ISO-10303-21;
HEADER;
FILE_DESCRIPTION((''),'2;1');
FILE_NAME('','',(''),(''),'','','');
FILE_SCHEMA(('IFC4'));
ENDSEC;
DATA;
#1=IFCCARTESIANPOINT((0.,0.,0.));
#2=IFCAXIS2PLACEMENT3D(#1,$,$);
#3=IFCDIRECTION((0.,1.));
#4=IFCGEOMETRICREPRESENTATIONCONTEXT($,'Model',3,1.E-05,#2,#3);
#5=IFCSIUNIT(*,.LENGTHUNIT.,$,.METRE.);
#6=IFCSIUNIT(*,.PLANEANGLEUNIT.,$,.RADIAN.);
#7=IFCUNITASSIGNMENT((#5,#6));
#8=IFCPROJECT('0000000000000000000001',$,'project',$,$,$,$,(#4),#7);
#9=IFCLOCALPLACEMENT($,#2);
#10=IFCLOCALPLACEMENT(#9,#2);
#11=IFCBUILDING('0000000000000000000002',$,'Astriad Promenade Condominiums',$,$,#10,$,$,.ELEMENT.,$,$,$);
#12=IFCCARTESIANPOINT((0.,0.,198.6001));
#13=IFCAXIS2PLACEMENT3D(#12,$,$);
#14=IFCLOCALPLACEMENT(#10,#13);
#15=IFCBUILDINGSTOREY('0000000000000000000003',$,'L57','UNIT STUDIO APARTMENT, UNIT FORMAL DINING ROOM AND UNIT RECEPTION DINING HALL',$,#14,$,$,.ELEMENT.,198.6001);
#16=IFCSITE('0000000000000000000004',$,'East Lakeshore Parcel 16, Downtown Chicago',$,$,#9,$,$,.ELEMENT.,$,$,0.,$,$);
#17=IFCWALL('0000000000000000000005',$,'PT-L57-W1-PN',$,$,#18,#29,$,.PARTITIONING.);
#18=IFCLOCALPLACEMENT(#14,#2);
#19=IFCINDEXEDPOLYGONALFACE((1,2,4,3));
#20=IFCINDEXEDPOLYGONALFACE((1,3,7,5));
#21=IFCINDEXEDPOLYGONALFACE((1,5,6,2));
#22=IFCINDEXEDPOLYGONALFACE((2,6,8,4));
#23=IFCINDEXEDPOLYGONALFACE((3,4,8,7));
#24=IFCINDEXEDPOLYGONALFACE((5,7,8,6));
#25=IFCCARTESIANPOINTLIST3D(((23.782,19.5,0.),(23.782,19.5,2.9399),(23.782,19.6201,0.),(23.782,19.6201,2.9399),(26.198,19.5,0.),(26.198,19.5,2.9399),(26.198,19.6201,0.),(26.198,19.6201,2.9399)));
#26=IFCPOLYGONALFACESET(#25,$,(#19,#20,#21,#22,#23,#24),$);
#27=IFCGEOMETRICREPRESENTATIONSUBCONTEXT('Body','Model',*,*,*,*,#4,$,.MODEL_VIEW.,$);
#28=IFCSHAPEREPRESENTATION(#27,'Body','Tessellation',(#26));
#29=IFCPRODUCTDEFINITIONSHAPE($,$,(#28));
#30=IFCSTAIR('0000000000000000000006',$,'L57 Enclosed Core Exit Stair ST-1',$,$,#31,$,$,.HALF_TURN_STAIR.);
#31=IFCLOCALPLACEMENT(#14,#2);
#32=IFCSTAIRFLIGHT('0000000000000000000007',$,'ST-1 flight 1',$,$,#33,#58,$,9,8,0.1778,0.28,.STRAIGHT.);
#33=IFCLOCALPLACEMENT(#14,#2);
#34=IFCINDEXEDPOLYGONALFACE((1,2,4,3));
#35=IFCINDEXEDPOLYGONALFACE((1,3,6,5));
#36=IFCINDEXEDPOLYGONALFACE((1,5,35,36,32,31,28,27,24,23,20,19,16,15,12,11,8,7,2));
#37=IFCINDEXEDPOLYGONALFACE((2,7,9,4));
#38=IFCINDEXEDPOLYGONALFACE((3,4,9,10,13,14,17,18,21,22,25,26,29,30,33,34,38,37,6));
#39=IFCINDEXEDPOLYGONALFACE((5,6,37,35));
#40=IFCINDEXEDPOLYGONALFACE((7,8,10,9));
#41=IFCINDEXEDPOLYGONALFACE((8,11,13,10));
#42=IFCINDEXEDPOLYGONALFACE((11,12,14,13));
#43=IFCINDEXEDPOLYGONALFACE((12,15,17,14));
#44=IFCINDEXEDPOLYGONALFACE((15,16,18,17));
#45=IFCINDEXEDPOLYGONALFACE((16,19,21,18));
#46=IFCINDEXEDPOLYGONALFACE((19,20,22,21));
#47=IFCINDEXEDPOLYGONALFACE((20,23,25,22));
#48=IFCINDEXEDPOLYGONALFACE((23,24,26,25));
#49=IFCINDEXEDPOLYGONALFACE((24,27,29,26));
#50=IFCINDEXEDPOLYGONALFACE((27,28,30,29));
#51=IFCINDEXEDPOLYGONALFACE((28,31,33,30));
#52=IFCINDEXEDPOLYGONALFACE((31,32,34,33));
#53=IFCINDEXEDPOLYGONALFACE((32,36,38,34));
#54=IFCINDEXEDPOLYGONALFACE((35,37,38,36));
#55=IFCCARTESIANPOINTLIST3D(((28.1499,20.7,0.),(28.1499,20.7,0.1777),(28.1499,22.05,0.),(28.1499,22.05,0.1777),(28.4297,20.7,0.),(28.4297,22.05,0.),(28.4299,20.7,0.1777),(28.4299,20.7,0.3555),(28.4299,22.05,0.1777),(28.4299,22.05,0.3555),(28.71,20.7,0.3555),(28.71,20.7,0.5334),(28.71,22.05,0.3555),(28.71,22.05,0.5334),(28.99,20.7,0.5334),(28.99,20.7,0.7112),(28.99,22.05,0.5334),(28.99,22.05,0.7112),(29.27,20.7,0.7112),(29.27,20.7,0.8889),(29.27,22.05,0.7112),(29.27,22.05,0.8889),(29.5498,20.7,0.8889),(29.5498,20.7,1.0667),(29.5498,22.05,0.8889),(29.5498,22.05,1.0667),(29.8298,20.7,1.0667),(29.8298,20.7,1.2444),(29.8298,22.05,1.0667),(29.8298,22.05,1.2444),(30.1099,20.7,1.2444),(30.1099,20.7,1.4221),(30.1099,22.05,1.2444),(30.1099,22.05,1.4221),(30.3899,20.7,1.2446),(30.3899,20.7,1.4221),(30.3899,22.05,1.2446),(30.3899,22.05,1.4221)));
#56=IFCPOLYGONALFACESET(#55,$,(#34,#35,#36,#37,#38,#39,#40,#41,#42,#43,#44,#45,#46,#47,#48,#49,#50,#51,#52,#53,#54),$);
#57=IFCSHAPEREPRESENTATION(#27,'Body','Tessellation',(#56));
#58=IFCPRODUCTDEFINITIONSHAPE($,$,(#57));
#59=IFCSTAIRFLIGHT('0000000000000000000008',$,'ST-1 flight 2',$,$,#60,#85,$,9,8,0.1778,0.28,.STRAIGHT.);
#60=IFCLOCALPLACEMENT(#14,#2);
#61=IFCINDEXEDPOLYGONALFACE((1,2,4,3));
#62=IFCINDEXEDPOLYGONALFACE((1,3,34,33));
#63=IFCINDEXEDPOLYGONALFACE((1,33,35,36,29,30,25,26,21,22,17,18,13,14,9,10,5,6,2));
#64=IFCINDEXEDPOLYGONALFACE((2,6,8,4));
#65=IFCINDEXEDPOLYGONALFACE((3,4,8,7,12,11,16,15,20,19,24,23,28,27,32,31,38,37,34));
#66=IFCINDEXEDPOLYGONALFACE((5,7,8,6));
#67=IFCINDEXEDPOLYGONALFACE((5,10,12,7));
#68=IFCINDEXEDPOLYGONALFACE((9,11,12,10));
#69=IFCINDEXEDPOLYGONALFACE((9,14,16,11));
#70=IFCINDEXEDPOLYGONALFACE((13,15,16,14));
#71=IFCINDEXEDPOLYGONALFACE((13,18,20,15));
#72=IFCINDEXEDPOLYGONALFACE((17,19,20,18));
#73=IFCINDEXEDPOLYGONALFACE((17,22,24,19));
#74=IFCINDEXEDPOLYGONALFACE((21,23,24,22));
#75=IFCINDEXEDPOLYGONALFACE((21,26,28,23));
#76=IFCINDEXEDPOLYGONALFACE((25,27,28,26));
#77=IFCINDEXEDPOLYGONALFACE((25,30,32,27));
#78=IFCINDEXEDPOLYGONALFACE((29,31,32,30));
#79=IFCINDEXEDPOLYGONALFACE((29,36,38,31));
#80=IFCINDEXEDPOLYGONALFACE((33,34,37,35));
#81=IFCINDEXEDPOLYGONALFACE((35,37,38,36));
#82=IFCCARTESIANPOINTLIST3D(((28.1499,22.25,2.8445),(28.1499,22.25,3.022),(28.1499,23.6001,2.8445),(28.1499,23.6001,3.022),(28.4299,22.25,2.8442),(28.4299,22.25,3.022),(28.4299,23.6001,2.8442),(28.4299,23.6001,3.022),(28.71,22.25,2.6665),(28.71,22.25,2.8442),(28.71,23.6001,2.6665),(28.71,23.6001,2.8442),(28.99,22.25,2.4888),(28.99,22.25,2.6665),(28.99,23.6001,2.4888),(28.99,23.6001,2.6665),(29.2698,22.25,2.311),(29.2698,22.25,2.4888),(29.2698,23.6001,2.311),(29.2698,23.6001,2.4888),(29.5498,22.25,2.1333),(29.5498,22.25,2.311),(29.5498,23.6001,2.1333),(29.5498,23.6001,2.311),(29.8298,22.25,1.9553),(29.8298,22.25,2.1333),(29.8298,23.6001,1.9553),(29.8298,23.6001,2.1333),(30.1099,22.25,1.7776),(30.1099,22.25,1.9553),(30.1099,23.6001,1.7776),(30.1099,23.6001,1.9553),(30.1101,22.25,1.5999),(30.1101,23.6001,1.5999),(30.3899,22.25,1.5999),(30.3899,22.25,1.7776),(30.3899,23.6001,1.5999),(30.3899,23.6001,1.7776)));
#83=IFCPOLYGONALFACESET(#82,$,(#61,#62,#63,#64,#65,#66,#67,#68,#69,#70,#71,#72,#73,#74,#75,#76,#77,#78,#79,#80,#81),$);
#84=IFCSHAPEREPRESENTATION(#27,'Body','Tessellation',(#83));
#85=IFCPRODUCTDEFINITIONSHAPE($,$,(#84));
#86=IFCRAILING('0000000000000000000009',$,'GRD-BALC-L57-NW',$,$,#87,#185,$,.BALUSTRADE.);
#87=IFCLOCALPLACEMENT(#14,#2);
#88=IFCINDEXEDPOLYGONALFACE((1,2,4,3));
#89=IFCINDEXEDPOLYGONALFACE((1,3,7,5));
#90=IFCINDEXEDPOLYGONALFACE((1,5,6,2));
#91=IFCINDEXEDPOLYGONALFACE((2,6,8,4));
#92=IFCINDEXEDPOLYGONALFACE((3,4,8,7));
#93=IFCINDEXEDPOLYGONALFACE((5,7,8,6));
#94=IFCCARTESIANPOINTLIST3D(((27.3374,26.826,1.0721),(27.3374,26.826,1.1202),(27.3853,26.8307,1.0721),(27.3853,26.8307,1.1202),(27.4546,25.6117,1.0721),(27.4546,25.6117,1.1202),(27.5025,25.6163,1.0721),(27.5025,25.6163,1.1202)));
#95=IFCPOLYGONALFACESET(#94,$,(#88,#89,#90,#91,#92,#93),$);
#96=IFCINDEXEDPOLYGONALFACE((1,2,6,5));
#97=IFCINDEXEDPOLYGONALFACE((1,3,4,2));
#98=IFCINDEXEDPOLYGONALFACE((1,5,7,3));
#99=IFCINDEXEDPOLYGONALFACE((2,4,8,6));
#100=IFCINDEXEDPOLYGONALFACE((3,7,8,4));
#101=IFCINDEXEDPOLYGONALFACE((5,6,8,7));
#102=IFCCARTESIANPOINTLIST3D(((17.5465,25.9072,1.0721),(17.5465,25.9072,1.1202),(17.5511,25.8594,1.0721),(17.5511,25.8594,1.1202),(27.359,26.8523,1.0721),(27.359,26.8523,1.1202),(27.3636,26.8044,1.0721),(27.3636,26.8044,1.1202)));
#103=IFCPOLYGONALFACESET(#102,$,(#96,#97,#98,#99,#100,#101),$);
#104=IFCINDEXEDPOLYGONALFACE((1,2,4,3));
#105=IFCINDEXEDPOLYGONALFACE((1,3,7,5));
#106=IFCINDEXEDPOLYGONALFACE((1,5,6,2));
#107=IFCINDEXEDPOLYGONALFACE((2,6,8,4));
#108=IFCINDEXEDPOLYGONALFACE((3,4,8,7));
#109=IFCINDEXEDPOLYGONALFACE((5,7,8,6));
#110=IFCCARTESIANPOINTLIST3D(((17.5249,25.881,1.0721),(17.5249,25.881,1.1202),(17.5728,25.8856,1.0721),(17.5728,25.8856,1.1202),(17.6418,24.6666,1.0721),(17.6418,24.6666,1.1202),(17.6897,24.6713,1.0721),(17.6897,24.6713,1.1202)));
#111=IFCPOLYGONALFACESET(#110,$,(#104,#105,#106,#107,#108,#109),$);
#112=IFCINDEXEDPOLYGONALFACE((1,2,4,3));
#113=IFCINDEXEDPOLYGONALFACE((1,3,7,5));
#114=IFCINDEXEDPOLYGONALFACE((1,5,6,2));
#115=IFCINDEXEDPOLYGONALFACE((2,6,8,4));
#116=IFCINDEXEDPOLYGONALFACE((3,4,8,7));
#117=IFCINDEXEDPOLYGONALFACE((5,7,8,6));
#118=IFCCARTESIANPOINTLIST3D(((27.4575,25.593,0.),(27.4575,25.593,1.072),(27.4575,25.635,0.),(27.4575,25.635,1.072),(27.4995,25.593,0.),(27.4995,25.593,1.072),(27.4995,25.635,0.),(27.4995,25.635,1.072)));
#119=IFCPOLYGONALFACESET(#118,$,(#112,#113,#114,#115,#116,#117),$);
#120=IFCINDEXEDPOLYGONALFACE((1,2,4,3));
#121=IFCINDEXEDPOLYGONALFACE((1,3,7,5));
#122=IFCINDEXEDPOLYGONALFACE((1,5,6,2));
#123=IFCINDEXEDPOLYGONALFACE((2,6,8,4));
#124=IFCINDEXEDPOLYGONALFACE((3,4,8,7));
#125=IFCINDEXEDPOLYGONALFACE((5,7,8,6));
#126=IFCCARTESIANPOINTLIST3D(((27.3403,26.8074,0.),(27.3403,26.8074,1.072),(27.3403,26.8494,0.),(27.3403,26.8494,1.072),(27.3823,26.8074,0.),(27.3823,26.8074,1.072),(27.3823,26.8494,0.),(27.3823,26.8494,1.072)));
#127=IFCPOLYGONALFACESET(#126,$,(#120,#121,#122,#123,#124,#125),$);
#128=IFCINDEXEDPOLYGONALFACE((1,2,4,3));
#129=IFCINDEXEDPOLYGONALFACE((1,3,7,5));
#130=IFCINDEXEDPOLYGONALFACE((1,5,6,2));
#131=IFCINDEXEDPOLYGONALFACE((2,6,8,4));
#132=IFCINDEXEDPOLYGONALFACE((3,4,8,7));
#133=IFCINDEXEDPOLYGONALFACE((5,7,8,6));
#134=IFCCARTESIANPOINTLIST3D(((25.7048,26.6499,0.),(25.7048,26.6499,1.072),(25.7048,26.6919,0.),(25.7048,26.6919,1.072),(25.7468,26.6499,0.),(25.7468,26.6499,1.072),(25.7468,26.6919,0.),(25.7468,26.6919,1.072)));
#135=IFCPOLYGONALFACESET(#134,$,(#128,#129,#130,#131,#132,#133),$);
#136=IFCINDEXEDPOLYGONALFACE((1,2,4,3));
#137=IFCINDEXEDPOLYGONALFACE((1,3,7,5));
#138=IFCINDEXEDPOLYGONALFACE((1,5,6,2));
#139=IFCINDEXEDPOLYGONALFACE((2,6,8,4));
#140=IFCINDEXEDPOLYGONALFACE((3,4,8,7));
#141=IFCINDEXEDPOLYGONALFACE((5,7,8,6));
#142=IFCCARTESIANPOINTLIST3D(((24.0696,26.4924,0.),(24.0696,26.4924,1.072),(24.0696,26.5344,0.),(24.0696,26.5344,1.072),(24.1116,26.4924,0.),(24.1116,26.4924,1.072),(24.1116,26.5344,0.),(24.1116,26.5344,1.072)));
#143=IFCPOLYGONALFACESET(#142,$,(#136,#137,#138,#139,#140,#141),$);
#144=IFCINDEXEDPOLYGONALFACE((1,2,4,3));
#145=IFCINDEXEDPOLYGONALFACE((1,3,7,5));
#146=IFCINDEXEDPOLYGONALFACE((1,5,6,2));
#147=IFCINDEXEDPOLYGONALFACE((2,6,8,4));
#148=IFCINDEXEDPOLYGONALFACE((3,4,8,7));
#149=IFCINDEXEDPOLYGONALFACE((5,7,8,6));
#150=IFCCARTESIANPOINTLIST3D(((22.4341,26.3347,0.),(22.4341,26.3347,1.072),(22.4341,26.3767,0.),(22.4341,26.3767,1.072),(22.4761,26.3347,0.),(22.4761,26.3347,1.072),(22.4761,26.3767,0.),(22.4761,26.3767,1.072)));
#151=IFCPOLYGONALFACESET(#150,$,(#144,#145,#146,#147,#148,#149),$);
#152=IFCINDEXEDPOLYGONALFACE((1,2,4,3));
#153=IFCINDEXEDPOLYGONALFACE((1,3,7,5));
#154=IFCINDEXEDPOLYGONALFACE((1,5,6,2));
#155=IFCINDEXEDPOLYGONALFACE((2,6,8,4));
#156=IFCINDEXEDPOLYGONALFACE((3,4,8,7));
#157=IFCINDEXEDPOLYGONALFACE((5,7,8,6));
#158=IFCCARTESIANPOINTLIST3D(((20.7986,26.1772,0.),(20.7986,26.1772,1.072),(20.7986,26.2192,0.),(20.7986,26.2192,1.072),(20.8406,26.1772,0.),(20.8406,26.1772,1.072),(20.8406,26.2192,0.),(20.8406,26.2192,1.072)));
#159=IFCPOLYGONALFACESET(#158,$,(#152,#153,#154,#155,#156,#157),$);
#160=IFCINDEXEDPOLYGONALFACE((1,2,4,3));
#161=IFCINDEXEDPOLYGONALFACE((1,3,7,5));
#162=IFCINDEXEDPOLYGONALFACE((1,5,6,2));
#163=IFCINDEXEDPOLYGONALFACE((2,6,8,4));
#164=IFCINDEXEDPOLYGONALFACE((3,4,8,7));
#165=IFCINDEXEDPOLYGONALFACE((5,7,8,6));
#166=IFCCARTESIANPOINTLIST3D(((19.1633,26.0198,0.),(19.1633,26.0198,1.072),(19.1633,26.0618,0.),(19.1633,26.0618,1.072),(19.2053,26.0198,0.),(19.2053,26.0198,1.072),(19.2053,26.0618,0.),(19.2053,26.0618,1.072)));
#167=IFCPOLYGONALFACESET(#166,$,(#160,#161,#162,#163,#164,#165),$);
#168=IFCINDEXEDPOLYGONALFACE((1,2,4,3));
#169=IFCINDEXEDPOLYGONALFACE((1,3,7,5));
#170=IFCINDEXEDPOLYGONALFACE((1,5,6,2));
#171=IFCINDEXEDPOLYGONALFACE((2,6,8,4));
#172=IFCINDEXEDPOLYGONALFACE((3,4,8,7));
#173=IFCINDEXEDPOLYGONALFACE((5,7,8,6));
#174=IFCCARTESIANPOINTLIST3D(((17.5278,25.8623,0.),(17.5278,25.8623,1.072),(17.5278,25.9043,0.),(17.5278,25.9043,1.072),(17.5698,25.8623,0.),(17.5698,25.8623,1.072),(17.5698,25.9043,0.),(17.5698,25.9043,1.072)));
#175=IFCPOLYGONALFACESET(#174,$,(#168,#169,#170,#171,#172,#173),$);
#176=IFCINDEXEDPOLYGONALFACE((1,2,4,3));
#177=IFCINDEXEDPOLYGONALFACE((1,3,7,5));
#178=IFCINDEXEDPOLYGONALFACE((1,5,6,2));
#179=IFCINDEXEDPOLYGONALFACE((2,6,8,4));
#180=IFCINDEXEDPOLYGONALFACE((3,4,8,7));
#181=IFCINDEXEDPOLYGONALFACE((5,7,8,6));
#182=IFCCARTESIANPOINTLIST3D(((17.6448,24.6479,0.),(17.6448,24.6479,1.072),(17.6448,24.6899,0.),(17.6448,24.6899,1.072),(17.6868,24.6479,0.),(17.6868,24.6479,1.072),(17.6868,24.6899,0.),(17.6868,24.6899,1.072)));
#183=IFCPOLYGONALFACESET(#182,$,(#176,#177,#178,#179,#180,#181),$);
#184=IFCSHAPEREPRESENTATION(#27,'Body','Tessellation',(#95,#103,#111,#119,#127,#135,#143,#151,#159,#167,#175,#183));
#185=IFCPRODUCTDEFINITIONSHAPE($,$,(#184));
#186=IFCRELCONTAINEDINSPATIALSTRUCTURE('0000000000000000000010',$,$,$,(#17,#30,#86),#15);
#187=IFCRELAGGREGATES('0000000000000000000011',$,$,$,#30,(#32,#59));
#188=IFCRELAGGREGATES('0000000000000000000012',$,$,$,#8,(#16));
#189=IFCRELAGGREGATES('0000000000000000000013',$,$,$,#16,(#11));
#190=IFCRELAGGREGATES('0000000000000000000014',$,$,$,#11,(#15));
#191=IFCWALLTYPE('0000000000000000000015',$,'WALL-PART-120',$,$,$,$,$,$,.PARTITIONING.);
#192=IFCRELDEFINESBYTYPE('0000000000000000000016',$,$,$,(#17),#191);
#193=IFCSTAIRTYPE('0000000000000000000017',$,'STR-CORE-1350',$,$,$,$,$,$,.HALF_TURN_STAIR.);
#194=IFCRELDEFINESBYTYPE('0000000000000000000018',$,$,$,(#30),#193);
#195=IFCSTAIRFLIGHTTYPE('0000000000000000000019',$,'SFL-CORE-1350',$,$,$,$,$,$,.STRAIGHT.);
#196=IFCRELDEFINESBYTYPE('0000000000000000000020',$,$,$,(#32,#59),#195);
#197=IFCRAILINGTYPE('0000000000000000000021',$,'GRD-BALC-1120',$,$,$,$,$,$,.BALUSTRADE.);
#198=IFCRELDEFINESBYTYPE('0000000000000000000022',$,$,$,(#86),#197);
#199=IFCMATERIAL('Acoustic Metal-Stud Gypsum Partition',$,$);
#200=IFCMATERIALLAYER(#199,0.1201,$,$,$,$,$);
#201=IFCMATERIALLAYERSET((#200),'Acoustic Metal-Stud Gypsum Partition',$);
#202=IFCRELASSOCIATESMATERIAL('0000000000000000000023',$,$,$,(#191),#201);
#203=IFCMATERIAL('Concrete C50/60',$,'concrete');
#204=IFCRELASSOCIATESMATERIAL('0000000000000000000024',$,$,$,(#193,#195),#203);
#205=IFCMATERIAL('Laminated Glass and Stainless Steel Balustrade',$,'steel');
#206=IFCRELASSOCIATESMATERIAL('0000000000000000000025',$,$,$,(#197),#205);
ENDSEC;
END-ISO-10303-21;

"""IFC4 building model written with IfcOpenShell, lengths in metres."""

from ifc_helpers import new_model, si_unit, direction, frame, frame_2d, origin, origin_2d, place, context, subcontext, project, spatial, polyline, rectangle, outline, extrude, source, transform, mapped, material, layer, layer_set, type_object, type_shapes, element, aggregate, save


model = new_model("IFC4")

# Units and contexts
model_context = context("Model", 3, precision=1e-05, world=origin(), true_north=direction((0.0, 1.0)))
body_context = subcontext(model_context, "Body", "Model", "MODEL_VIEW")
ifc_project = project(units=[si_unit("LENGTHUNIT", "METRE"), si_unit("PLANEANGLEUNIT", "RADIAN")], contexts=[model_context])

# Site, building, storey
site_placement = place(None, origin())
site = spatial("IfcSite", under=ifc_project, at=site_placement, Name="East Lakeshore Parcel 16, Downtown Chicago", CompositionType="ELEMENT", RefElevation=0.0)
building_placement = place(site_placement, origin())
building = spatial("IfcBuilding", under=site, at=building_placement, Name="Astriad Promenade Condominiums", CompositionType="ELEMENT")
storey_placement = place(building_placement, frame((0.0, 0.0, 198.6001)))
storey = spatial("IfcBuildingStorey", under=building, at=storey_placement, Name="L57", Description="UNIT STUDIO APARTMENT, UNIT FORMAL DINING ROOM AND UNIT RECEPTION DINING HALL", CompositionType="ELEMENT", Elevation=198.6001)

# Shared definitions
ifc_material_1 = material(Name="Concrete C50/60", Category="concrete")

# Wall
ifc_material_2 = material(Name="Acoustic Metal-Stud Gypsum Partition")
ifc_layer_1 = layer(ifc_material_2, 0.1201)
ifc_layer_set_1 = layer_set([ifc_layer_1], Name="Acoustic Metal-Stud Gypsum Partition")
wall_type_1 = type_object("IfcWallType", Name="WALL-PART-120", PredefinedType="PARTITIONING", material=ifc_layer_set_1)
wall_1_placement = place(storey_placement, frame((23.782, 19.5601, 0.0), z_axis=(0.0, 0.0, 1.0), x_axis=(1.0, 0.0, 0.0)))
element("IfcWall", 1, at=wall_1_placement, inside=storey, type_object=wall_type_1, Name="PT-L57-W1-PN", PredefinedType="PARTITIONING", context=body_context, shape_type="SweptSolid", body=[
    extrude(rectangle(XDim=2.416, YDim=0.1201, at=frame_2d((1.208, 0.0))), origin(), (0.0, 0.0, 1.0), 2.9399),
])

# Stair, stair flights
stair_type = type_object("IfcStairType", Name="STR-CORE-1350", PredefinedType="HALF_TURN_STAIR", material=ifc_material_1)
stair_placement = place(storey_placement, origin())
stair = element("IfcStair", 2, at=stair_placement, inside=storey, type_object=stair_type, Name="L57 Enclosed Core Exit Stair ST-1", PredefinedType="HALF_TURN_STAIR")
stair_flight_type = type_object("IfcStairFlightType", Name="SFL-CORE-1350", PredefinedType="STRAIGHT", material=ifc_material_1)
shared_shape_1 = source(origin(), body_context, "Body", "SweptSolid", [
    extrude(outline(polyline([(0.0, 0.0), (0.0, 0.1777), (0.28, 0.1777), (0.28, 0.3555), (0.5601, 0.3555), (0.5601, 0.5334), (0.8401, 0.5334), (0.8401, 0.7112), (1.1201, 0.7112), (1.1201, 0.8889), (1.3999, 0.8889), (1.3999, 1.0667), (1.6799, 1.0667), (1.6799, 1.2444), (1.96, 1.2444), (1.96, 1.4221), (2.24, 1.4221), (2.24, 1.6001), (2.24, 1.2446), (0.2798, 0.0), (0.0, 0.0)])), frame((0.0, 0.675, 0.0), z_axis=(0.0, -1.0, 0.0), x_axis=(1.0, 0.0, 0.0)), (0.0, 0.0, 1.0), 1.3501),
])
type_shapes(stair_flight_type, [shared_shape_1])
stair_flight_1_placement = place(storey_placement, frame((28.1499, 21.375, 0.0), z_axis=(0.0, 0.0, 1.0), x_axis=(1.0, 0.0, 0.0)))
stair_flight_1 = element("IfcStairFlight", 3, at=stair_flight_1_placement, type_object=stair_flight_type, Name="ST-1 flight 1", NumberOfRisers=9, NumberOfTreads=8, PredefinedType="STRAIGHT", RiserHeight=0.1778, TreadLength=0.28, context=body_context, shape_type="MappedRepresentation", body=[
    mapped(shared_shape_1, transform((0.0, 0.0, 0.0), scale=1.0)),
])
stair_flight_2_placement = place(storey_placement, frame((30.3899, 22.925, 1.5999), z_axis=(0.0, 0.0, 1.0), x_axis=(-1.0, 0.0, 0.0)))
stair_flight_2 = element("IfcStairFlight", 4, at=stair_flight_2_placement, type_object=stair_flight_type, Name="ST-1 flight 2", NumberOfRisers=9, NumberOfTreads=8, PredefinedType="STRAIGHT", RiserHeight=0.1778, TreadLength=0.28, context=body_context, shape_type="MappedRepresentation", body=[
    mapped(shared_shape_1, transform((0.0, 0.0, 0.0), scale=1.0)),
])
aggregate(stair, [stair_flight_1, stair_flight_2])

# Railing
ifc_material_3 = material(Name="Laminated Glass and Stainless Steel Balustrade", Category="steel")
railing_type_1 = type_object("IfcRailingType", Name="GRD-BALC-1120", PredefinedType="BALUSTRADE", material=ifc_material_3)
shared_shape_2 = source(origin(), body_context, "Body", "SweptSolid", [
    extrude(rectangle(XDim=0.0481, YDim=0.0481, at=origin_2d()), frame((0.0, 0.0, 1.0962), z_axis=(-0.096056, 0.995376, 0.0), x_axis=(-0.995376, -0.096056, 0.0)), (0.0, 0.0, 1.0), 1.22),
    extrude(rectangle(XDim=0.0481, YDim=0.0481, at=origin_2d()), frame((-0.1172, 1.2144, 1.0962), z_axis=(-0.995394, -0.095869, 0.0), x_axis=(0.095869, -0.995394, 0.0)), (0.0, 0.0, 1.0), 9.8579),
    extrude(rectangle(XDim=0.0481, YDim=0.0481, at=origin_2d()), frame((-9.9297, 0.2693, 1.0962), z_axis=(0.095857, -0.995395, 0.0), x_axis=(0.995395, 0.095857, 0.0)), (0.0, 0.0, 1.0), 1.22),
    extrude(rectangle(XDim=0.042, YDim=0.042, at=origin_2d()), origin(), (0.0, 0.0, 1.0), 1.072),
    extrude(rectangle(XDim=0.042, YDim=0.042, at=origin_2d()), frame((-0.1172, 1.2144, 0.0)), (0.0, 0.0, 1.0), 1.072),
    extrude(rectangle(XDim=0.042, YDim=0.042, at=origin_2d()), frame((-1.7527, 1.0569, 0.0)), (0.0, 0.0, 1.0), 1.072),
    extrude(rectangle(XDim=0.042, YDim=0.042, at=origin_2d()), frame((-3.3879, 0.8994, 0.0)), (0.0, 0.0, 1.0), 1.072),
    extrude(rectangle(XDim=0.042, YDim=0.042, at=origin_2d()), frame((-5.0234, 0.7417, 0.0)), (0.0, 0.0, 1.0), 1.072),
    extrude(rectangle(XDim=0.042, YDim=0.042, at=origin_2d()), frame((-6.6589, 0.5842, 0.0)), (0.0, 0.0, 1.0), 1.072),
    extrude(rectangle(XDim=0.042, YDim=0.042, at=origin_2d()), frame((-8.2942, 0.4268, 0.0)), (0.0, 0.0, 1.0), 1.072),
    extrude(rectangle(XDim=0.042, YDim=0.042, at=origin_2d()), frame((-9.9297, 0.2693, 0.0)), (0.0, 0.0, 1.0), 1.072),
    extrude(rectangle(XDim=0.042, YDim=0.042, at=origin_2d()), frame((-9.8127, -0.9451, 0.0)), (0.0, 0.0, 1.0), 1.072),
])
type_shapes(railing_type_1, [shared_shape_2])
railing_1_placement = place(storey_placement, frame((27.4785, 25.614, 0.0)))
element("IfcRailing", 5, at=railing_1_placement, inside=storey, type_object=railing_type_1, Name="GRD-BALC-L57-NW", PredefinedType="BALUSTRADE", context=body_context, shape_type="MappedRepresentation", body=[
    mapped(shared_shape_2, transform((0.0, 0.0, 0.0), scale=1.0)),
])

save(model, "model.ifc")
